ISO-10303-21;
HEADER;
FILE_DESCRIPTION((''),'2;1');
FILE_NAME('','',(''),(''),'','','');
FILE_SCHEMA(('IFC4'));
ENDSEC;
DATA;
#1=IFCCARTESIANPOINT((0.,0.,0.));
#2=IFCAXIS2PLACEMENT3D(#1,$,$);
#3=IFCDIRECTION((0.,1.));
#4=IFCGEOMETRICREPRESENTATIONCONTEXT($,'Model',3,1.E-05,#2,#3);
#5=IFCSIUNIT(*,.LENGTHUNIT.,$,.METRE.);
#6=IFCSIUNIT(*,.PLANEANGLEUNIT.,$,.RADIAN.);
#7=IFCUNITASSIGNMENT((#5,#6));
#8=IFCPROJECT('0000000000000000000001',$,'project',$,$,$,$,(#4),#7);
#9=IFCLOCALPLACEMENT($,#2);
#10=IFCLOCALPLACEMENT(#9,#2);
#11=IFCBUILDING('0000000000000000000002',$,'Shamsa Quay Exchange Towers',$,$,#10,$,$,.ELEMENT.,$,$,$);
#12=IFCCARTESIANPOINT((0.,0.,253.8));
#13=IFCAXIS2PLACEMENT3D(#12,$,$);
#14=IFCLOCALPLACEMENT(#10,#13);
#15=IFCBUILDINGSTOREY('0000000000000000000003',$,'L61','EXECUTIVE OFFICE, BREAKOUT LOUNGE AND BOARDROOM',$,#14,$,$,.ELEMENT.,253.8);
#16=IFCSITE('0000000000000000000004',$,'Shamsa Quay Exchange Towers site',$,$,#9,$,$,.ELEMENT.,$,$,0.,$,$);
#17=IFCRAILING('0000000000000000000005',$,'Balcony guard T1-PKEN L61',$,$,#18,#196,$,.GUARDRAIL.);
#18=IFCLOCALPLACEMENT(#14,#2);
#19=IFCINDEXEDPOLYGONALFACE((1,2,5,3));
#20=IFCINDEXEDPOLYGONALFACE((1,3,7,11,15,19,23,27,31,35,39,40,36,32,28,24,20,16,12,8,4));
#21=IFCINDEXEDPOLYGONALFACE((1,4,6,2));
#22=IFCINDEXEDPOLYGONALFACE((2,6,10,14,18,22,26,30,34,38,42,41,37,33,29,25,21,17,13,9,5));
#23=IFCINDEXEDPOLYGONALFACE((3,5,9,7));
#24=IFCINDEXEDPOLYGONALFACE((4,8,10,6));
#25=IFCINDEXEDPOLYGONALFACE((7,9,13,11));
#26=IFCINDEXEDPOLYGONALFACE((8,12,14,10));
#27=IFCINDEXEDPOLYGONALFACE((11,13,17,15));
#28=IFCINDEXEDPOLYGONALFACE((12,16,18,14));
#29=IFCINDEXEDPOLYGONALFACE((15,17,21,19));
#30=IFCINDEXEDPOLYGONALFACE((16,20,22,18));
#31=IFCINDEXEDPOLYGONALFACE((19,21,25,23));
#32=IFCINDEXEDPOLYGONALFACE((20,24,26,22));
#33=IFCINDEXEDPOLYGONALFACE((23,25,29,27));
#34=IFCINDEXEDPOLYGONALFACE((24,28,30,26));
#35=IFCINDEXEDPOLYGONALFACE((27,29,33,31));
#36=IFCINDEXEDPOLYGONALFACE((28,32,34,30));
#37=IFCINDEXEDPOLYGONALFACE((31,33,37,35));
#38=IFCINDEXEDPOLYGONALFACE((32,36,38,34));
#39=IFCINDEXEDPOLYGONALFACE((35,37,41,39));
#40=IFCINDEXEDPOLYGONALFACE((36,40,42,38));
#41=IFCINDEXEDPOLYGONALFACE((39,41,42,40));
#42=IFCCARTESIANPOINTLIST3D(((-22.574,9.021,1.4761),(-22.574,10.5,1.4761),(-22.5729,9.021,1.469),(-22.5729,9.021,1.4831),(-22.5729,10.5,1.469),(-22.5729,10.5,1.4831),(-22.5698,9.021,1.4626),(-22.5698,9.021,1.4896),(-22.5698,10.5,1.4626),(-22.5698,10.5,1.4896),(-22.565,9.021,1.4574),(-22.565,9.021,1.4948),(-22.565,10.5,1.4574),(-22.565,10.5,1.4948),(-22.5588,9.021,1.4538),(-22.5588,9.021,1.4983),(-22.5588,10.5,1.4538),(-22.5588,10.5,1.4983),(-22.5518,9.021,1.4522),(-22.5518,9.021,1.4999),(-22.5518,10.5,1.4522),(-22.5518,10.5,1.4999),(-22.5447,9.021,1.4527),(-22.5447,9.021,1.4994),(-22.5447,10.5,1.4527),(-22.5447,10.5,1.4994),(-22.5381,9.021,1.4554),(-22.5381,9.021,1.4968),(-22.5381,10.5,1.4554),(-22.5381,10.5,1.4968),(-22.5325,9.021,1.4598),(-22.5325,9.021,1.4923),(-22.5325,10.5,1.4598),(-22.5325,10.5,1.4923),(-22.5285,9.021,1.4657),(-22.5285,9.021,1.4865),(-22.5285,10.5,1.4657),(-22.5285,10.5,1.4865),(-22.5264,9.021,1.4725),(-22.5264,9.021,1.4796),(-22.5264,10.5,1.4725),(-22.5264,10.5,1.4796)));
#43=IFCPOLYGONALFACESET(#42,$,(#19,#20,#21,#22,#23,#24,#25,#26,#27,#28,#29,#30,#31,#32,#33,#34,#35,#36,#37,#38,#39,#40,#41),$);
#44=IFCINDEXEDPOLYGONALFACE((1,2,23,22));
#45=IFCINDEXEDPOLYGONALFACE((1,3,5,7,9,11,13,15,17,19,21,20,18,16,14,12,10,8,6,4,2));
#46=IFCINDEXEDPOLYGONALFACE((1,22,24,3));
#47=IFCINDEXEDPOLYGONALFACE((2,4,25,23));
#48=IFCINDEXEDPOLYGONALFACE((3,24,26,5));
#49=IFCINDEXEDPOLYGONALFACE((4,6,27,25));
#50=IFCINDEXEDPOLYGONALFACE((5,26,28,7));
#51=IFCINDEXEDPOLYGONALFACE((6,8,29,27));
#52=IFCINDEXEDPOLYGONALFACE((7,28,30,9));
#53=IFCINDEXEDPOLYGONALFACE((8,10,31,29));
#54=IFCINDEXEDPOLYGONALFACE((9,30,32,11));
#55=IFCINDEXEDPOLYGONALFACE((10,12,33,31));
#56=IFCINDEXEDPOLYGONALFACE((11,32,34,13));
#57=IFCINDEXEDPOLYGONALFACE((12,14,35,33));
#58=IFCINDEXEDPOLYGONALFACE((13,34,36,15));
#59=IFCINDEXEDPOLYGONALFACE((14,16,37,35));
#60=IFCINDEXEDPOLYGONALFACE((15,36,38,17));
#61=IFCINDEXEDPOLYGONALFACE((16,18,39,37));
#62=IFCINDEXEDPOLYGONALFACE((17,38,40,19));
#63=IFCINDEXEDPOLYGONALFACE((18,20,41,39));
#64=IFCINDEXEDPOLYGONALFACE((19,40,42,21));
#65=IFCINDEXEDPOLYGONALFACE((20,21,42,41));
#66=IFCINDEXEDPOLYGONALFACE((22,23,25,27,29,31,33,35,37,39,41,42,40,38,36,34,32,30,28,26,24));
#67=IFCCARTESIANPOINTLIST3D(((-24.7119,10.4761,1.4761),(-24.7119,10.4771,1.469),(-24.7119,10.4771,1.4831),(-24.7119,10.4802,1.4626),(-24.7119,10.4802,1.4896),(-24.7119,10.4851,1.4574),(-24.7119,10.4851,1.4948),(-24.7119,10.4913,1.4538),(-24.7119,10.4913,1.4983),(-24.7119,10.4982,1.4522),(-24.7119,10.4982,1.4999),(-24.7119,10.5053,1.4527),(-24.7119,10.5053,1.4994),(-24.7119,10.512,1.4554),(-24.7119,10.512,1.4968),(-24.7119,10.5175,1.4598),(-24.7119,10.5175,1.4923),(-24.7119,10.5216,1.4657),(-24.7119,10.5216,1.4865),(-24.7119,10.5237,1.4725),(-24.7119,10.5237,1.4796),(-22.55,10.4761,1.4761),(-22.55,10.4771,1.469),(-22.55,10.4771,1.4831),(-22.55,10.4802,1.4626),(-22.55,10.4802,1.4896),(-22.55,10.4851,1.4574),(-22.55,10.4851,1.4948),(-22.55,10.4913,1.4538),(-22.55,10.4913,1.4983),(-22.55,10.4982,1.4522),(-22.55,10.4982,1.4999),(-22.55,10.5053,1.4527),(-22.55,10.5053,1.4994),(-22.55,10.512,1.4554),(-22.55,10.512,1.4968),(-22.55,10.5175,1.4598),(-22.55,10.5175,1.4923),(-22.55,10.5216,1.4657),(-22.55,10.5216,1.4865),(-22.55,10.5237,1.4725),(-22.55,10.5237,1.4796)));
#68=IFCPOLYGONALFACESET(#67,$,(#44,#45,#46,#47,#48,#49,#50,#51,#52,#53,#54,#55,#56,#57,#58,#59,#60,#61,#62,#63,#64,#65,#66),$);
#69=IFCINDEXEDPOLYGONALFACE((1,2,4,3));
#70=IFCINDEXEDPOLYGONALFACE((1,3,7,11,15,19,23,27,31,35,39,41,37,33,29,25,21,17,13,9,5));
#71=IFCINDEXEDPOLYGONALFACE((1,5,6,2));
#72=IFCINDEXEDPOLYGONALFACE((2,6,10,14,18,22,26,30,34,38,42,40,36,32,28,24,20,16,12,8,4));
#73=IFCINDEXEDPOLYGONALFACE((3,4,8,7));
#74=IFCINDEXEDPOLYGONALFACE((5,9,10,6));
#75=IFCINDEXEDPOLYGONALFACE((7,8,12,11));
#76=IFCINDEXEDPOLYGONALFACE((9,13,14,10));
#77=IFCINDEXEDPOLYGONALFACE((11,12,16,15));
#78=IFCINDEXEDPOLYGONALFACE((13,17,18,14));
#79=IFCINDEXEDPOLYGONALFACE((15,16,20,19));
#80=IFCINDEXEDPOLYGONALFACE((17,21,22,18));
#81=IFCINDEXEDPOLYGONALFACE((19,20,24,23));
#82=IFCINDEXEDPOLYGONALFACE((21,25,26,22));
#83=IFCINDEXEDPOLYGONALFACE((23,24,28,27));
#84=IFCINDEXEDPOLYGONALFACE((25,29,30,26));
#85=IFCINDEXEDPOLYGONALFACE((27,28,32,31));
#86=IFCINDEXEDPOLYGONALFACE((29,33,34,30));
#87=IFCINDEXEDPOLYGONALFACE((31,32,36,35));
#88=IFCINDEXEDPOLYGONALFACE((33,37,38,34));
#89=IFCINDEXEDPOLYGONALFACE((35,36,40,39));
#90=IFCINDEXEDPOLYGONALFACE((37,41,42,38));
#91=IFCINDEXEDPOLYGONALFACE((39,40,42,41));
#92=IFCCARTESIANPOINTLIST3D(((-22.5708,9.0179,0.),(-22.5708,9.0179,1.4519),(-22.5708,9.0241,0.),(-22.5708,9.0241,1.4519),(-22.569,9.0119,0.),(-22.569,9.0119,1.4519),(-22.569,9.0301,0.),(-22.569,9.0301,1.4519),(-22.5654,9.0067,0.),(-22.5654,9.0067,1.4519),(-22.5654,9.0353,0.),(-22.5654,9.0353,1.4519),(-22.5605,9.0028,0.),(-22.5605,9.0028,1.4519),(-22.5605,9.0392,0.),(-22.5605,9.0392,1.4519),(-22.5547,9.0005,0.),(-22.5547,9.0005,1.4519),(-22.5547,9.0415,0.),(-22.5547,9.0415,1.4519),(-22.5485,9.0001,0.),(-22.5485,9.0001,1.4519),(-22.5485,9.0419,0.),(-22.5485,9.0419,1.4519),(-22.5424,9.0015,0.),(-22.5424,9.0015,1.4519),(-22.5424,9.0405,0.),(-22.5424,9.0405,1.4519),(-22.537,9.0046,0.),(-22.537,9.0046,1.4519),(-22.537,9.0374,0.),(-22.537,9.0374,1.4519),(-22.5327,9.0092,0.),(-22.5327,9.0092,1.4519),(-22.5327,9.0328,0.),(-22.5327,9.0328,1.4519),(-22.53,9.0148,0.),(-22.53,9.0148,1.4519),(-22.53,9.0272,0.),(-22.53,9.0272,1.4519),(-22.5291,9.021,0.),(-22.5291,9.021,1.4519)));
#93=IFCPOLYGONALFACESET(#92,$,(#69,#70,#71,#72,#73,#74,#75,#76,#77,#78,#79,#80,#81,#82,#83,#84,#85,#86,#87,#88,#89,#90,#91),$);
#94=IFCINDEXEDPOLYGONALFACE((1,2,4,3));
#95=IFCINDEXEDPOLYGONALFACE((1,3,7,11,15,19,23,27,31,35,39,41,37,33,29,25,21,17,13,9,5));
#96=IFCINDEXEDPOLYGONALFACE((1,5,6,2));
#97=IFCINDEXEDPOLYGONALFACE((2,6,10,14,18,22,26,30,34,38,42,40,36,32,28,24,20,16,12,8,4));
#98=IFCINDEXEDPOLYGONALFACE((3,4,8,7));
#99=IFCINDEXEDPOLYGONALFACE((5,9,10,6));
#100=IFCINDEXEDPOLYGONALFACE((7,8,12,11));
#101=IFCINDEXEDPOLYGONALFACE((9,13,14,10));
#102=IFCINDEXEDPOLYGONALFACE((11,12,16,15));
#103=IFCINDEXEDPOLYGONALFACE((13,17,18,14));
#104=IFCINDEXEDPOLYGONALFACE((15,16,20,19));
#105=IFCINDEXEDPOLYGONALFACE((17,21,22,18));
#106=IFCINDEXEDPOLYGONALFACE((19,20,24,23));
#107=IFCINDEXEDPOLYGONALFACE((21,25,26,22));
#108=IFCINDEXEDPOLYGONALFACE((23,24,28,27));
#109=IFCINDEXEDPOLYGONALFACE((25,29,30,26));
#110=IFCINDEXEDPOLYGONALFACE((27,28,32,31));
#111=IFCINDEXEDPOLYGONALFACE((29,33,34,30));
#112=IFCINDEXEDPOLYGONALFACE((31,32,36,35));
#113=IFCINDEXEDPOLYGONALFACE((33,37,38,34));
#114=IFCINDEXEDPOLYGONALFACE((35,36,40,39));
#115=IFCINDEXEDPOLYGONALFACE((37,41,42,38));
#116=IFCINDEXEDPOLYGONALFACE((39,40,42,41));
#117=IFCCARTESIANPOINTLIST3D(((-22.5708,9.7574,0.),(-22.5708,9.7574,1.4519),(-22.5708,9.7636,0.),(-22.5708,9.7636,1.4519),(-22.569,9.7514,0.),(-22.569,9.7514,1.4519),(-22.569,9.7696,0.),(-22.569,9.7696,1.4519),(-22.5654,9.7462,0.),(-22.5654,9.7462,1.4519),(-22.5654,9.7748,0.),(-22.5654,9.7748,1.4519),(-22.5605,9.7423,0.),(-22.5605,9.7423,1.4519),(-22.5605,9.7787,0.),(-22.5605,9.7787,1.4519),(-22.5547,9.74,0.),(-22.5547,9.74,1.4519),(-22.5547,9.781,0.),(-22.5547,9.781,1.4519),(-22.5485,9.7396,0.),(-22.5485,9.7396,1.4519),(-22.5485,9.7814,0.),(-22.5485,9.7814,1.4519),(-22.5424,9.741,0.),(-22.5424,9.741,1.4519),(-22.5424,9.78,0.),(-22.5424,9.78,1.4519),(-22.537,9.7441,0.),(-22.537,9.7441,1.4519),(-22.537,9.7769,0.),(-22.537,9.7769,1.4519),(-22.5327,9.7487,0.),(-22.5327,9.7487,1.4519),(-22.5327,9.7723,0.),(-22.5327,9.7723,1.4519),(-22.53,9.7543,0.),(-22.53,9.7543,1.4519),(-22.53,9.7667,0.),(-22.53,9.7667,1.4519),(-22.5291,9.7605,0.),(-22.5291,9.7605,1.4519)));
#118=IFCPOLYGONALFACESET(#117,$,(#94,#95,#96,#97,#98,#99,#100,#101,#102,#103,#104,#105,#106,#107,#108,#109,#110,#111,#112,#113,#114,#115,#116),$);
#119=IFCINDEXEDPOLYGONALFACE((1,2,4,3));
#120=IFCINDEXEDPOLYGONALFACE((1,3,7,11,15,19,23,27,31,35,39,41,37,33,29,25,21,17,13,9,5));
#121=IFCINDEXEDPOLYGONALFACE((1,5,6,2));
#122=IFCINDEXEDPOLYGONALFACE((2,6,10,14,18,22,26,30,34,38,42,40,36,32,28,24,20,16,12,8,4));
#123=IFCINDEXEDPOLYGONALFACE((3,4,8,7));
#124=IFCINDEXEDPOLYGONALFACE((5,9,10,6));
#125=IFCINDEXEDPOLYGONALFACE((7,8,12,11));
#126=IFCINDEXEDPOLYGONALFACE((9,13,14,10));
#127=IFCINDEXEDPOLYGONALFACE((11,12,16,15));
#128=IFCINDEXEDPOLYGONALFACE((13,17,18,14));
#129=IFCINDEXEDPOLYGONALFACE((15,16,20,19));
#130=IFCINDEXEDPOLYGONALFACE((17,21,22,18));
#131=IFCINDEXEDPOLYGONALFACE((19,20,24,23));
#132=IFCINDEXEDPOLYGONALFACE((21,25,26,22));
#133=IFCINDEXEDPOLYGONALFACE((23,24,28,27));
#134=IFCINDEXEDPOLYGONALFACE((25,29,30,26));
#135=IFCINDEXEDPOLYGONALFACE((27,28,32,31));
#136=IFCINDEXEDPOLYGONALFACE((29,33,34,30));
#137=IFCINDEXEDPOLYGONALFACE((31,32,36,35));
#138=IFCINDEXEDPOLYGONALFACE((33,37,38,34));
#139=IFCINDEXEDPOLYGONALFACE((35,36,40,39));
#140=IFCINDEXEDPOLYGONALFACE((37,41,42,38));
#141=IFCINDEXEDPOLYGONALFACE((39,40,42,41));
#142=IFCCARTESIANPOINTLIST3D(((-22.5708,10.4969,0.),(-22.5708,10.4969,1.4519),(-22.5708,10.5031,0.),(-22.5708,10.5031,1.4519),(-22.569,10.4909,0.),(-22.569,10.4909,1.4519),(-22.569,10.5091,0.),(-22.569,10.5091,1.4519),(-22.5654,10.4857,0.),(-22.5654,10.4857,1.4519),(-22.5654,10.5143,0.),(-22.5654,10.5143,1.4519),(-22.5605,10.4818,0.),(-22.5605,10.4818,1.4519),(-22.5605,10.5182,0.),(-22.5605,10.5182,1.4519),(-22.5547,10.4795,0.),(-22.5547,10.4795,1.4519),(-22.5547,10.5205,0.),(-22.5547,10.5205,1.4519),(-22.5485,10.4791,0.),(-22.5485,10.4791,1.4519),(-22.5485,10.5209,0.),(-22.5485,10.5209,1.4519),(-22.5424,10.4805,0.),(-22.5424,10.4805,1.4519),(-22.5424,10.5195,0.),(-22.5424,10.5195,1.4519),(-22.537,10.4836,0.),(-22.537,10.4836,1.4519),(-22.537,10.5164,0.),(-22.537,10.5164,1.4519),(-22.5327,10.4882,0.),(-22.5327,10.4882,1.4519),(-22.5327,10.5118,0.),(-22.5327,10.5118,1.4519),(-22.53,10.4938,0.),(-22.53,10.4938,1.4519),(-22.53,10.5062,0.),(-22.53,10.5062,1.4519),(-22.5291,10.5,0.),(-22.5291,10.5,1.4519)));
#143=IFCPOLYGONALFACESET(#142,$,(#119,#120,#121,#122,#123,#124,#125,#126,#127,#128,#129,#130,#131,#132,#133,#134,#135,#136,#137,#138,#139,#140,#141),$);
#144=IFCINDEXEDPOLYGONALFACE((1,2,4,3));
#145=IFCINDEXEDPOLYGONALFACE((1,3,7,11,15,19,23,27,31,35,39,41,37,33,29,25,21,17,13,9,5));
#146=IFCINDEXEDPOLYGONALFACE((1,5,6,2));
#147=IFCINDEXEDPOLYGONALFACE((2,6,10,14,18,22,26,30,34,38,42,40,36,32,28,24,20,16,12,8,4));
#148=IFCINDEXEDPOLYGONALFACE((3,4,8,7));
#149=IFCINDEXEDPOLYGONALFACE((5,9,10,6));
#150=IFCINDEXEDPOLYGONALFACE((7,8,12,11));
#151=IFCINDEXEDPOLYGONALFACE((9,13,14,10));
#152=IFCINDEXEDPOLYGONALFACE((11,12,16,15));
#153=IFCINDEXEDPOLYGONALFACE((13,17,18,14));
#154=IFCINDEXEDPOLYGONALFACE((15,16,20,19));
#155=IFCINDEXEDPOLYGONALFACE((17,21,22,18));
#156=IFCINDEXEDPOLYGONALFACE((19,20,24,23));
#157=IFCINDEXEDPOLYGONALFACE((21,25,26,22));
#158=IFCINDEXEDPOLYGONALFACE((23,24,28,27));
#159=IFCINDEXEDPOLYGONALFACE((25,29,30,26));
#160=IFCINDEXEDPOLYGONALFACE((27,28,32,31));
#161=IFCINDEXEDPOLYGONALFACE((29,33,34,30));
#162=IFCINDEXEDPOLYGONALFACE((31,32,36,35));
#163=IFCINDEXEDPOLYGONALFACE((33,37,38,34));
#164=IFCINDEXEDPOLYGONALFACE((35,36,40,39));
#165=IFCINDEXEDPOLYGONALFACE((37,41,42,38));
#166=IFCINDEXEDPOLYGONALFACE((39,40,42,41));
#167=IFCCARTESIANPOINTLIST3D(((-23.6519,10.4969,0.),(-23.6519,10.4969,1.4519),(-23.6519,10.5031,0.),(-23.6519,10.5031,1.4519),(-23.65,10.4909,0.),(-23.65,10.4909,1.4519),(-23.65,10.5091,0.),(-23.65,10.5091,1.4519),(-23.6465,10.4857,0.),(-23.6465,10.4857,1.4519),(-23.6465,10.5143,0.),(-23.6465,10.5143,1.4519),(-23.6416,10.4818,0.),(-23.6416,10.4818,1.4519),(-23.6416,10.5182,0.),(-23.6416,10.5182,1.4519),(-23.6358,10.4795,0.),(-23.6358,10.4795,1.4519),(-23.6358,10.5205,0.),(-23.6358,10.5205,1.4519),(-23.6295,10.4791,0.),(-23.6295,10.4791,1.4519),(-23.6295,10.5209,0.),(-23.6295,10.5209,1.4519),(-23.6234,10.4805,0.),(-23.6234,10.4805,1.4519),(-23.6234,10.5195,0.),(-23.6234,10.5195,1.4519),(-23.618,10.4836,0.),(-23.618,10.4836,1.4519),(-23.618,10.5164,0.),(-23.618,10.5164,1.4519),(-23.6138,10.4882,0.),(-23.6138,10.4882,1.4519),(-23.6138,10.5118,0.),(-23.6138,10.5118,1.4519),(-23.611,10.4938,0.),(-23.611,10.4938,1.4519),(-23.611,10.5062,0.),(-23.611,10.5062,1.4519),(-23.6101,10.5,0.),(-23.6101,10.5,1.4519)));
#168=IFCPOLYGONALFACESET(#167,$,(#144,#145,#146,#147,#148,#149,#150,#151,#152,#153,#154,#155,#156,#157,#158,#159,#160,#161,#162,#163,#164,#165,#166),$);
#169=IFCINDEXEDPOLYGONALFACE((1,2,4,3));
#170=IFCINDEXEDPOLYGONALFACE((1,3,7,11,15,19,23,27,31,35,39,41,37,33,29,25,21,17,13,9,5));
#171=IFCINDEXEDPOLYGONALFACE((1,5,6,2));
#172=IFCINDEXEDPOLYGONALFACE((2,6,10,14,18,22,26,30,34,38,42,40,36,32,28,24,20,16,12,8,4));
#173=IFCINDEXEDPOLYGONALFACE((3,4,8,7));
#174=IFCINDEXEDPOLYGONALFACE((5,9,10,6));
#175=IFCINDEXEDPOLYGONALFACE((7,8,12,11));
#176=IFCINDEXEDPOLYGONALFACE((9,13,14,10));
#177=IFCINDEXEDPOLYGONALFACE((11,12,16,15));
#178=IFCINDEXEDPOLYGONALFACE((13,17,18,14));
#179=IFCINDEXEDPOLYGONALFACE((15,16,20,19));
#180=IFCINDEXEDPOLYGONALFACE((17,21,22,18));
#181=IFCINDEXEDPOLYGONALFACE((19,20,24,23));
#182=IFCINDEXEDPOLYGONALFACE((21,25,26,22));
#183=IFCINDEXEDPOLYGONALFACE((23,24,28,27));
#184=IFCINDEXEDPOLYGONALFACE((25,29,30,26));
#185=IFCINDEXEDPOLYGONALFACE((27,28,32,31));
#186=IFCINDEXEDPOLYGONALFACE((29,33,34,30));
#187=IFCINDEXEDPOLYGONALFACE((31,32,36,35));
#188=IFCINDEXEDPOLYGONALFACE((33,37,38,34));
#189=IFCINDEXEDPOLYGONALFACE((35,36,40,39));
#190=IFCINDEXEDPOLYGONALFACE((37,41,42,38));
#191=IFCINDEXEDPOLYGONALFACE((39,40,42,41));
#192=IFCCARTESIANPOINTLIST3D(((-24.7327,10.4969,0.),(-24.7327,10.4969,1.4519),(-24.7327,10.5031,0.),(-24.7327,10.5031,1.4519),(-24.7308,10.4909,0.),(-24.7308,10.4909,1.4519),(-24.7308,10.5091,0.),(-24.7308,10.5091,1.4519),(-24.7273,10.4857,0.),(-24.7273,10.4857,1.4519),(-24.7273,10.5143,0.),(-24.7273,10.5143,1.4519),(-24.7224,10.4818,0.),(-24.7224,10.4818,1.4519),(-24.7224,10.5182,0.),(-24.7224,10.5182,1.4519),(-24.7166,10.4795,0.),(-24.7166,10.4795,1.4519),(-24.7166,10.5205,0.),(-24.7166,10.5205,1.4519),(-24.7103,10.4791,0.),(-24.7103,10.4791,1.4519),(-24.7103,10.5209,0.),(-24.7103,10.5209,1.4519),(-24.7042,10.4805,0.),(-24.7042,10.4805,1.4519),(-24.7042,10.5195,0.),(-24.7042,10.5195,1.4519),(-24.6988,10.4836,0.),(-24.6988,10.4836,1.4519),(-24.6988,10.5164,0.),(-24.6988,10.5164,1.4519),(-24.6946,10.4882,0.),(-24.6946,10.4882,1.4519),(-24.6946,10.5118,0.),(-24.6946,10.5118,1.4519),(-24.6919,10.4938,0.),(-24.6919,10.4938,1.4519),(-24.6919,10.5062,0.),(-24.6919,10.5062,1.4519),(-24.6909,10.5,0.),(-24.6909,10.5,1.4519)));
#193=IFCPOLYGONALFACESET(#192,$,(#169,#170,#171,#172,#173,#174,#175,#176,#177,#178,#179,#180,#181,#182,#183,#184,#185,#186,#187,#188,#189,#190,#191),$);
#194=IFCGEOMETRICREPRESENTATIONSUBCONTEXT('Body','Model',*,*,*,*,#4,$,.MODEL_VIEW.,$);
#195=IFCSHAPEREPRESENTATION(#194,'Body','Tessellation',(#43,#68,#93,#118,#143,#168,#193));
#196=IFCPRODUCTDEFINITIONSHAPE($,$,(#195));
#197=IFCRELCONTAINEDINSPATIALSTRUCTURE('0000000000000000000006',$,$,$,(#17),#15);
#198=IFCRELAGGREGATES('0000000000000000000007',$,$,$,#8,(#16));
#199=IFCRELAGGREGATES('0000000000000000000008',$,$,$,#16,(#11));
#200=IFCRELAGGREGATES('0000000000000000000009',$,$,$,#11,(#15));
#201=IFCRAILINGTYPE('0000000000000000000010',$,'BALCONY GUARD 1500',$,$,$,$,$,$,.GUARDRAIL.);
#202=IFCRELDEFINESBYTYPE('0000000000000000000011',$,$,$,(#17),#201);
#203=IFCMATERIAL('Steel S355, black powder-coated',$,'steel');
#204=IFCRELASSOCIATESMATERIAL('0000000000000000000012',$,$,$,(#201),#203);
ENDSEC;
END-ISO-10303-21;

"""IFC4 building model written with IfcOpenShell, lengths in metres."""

from ifc_helpers import new_model, si_unit, direction, frame, origin, origin_2d, place, context, subcontext, project, spatial, circle, extrude, material, type_object, element, save


model = new_model("IFC4")

# Units and contexts
model_context = context("Model", 3, precision=1e-05, world=origin(), true_north=direction((0.0, 1.0)))
body_context = subcontext(model_context, "Body", "Model", "MODEL_VIEW")
ifc_project = project(units=[si_unit("LENGTHUNIT", "METRE"), si_unit("PLANEANGLEUNIT", "RADIAN")], contexts=[model_context])

# Site, building, storey
site_placement = place(None, origin())
site = spatial("IfcSite", under=ifc_project, at=site_placement, Name="Shamsa Quay Exchange Towers site", CompositionType="ELEMENT", RefElevation=0.0)
building_placement = place(site_placement, origin())
building = spatial("IfcBuilding", under=site, at=building_placement, Name="Shamsa Quay Exchange Towers", CompositionType="ELEMENT")
storey_placement = place(building_placement, frame((0.0, 0.0, 253.8)))
storey = spatial("IfcBuildingStorey", under=building, at=storey_placement, Name="L61", Description="EXECUTIVE OFFICE, BREAKOUT LOUNGE AND BOARDROOM", CompositionType="ELEMENT", Elevation=253.8)

# Railing
ifc_material_1 = material(Name="Steel S355, black powder-coated", Category="steel")
railing_type = type_object("IfcRailingType", Name="BALCONY GUARD 1500", PredefinedType="GUARDRAIL", material=ifc_material_1)
for number, where, name in (
    (1, (-22.55, 9.021, 0.0), "Balcony guard T1-PKEN L61"),
):
    element("IfcRailing", number, at=place(storey_placement, frame(where)), inside=storey, type_object=railing_type, Name=name, PredefinedType="GUARDRAIL", context=body_context, shape_type="SweptSolid", body=[
        extrude(circle(Radius=0.0239, at=origin_2d()), frame((0.0, 0.0, 1.4761), z_axis=(0.0, 1.0, 0.0), x_axis=(-1.0, 0.0, 0.0)), (0.0, 0.0, 1.0), 1.479),
        extrude(circle(Radius=0.0239, at=origin_2d()), frame((0.0, 1.479, 1.4761), z_axis=(-1.0, 0.0, 0.0), x_axis=(0.0, -1.0, 0.0)), (0.0, 0.0, 1.0), 2.1619),
        extrude(circle(Radius=0.021, at=origin_2d()), origin(), (0.0, 0.0, 1.0), 1.4519),
        extrude(circle(Radius=0.021, at=origin_2d()), frame((0.0, 0.7395, 0.0)), (0.0, 0.0, 1.0), 1.4519),
        extrude(circle(Radius=0.021, at=origin_2d()), frame((0.0, 1.479, 0.0)), (0.0, 0.0, 1.0), 1.4519),
        extrude(circle(Radius=0.021, at=origin_2d()), frame((-1.0811, 1.479, 0.0)), (0.0, 0.0, 1.0), 1.4519),
        extrude(circle(Radius=0.021, at=origin_2d()), frame((-2.1619, 1.479, 0.0)), (0.0, 0.0, 1.0), 1.4519),
    ])

save(model, "model.ifc")
